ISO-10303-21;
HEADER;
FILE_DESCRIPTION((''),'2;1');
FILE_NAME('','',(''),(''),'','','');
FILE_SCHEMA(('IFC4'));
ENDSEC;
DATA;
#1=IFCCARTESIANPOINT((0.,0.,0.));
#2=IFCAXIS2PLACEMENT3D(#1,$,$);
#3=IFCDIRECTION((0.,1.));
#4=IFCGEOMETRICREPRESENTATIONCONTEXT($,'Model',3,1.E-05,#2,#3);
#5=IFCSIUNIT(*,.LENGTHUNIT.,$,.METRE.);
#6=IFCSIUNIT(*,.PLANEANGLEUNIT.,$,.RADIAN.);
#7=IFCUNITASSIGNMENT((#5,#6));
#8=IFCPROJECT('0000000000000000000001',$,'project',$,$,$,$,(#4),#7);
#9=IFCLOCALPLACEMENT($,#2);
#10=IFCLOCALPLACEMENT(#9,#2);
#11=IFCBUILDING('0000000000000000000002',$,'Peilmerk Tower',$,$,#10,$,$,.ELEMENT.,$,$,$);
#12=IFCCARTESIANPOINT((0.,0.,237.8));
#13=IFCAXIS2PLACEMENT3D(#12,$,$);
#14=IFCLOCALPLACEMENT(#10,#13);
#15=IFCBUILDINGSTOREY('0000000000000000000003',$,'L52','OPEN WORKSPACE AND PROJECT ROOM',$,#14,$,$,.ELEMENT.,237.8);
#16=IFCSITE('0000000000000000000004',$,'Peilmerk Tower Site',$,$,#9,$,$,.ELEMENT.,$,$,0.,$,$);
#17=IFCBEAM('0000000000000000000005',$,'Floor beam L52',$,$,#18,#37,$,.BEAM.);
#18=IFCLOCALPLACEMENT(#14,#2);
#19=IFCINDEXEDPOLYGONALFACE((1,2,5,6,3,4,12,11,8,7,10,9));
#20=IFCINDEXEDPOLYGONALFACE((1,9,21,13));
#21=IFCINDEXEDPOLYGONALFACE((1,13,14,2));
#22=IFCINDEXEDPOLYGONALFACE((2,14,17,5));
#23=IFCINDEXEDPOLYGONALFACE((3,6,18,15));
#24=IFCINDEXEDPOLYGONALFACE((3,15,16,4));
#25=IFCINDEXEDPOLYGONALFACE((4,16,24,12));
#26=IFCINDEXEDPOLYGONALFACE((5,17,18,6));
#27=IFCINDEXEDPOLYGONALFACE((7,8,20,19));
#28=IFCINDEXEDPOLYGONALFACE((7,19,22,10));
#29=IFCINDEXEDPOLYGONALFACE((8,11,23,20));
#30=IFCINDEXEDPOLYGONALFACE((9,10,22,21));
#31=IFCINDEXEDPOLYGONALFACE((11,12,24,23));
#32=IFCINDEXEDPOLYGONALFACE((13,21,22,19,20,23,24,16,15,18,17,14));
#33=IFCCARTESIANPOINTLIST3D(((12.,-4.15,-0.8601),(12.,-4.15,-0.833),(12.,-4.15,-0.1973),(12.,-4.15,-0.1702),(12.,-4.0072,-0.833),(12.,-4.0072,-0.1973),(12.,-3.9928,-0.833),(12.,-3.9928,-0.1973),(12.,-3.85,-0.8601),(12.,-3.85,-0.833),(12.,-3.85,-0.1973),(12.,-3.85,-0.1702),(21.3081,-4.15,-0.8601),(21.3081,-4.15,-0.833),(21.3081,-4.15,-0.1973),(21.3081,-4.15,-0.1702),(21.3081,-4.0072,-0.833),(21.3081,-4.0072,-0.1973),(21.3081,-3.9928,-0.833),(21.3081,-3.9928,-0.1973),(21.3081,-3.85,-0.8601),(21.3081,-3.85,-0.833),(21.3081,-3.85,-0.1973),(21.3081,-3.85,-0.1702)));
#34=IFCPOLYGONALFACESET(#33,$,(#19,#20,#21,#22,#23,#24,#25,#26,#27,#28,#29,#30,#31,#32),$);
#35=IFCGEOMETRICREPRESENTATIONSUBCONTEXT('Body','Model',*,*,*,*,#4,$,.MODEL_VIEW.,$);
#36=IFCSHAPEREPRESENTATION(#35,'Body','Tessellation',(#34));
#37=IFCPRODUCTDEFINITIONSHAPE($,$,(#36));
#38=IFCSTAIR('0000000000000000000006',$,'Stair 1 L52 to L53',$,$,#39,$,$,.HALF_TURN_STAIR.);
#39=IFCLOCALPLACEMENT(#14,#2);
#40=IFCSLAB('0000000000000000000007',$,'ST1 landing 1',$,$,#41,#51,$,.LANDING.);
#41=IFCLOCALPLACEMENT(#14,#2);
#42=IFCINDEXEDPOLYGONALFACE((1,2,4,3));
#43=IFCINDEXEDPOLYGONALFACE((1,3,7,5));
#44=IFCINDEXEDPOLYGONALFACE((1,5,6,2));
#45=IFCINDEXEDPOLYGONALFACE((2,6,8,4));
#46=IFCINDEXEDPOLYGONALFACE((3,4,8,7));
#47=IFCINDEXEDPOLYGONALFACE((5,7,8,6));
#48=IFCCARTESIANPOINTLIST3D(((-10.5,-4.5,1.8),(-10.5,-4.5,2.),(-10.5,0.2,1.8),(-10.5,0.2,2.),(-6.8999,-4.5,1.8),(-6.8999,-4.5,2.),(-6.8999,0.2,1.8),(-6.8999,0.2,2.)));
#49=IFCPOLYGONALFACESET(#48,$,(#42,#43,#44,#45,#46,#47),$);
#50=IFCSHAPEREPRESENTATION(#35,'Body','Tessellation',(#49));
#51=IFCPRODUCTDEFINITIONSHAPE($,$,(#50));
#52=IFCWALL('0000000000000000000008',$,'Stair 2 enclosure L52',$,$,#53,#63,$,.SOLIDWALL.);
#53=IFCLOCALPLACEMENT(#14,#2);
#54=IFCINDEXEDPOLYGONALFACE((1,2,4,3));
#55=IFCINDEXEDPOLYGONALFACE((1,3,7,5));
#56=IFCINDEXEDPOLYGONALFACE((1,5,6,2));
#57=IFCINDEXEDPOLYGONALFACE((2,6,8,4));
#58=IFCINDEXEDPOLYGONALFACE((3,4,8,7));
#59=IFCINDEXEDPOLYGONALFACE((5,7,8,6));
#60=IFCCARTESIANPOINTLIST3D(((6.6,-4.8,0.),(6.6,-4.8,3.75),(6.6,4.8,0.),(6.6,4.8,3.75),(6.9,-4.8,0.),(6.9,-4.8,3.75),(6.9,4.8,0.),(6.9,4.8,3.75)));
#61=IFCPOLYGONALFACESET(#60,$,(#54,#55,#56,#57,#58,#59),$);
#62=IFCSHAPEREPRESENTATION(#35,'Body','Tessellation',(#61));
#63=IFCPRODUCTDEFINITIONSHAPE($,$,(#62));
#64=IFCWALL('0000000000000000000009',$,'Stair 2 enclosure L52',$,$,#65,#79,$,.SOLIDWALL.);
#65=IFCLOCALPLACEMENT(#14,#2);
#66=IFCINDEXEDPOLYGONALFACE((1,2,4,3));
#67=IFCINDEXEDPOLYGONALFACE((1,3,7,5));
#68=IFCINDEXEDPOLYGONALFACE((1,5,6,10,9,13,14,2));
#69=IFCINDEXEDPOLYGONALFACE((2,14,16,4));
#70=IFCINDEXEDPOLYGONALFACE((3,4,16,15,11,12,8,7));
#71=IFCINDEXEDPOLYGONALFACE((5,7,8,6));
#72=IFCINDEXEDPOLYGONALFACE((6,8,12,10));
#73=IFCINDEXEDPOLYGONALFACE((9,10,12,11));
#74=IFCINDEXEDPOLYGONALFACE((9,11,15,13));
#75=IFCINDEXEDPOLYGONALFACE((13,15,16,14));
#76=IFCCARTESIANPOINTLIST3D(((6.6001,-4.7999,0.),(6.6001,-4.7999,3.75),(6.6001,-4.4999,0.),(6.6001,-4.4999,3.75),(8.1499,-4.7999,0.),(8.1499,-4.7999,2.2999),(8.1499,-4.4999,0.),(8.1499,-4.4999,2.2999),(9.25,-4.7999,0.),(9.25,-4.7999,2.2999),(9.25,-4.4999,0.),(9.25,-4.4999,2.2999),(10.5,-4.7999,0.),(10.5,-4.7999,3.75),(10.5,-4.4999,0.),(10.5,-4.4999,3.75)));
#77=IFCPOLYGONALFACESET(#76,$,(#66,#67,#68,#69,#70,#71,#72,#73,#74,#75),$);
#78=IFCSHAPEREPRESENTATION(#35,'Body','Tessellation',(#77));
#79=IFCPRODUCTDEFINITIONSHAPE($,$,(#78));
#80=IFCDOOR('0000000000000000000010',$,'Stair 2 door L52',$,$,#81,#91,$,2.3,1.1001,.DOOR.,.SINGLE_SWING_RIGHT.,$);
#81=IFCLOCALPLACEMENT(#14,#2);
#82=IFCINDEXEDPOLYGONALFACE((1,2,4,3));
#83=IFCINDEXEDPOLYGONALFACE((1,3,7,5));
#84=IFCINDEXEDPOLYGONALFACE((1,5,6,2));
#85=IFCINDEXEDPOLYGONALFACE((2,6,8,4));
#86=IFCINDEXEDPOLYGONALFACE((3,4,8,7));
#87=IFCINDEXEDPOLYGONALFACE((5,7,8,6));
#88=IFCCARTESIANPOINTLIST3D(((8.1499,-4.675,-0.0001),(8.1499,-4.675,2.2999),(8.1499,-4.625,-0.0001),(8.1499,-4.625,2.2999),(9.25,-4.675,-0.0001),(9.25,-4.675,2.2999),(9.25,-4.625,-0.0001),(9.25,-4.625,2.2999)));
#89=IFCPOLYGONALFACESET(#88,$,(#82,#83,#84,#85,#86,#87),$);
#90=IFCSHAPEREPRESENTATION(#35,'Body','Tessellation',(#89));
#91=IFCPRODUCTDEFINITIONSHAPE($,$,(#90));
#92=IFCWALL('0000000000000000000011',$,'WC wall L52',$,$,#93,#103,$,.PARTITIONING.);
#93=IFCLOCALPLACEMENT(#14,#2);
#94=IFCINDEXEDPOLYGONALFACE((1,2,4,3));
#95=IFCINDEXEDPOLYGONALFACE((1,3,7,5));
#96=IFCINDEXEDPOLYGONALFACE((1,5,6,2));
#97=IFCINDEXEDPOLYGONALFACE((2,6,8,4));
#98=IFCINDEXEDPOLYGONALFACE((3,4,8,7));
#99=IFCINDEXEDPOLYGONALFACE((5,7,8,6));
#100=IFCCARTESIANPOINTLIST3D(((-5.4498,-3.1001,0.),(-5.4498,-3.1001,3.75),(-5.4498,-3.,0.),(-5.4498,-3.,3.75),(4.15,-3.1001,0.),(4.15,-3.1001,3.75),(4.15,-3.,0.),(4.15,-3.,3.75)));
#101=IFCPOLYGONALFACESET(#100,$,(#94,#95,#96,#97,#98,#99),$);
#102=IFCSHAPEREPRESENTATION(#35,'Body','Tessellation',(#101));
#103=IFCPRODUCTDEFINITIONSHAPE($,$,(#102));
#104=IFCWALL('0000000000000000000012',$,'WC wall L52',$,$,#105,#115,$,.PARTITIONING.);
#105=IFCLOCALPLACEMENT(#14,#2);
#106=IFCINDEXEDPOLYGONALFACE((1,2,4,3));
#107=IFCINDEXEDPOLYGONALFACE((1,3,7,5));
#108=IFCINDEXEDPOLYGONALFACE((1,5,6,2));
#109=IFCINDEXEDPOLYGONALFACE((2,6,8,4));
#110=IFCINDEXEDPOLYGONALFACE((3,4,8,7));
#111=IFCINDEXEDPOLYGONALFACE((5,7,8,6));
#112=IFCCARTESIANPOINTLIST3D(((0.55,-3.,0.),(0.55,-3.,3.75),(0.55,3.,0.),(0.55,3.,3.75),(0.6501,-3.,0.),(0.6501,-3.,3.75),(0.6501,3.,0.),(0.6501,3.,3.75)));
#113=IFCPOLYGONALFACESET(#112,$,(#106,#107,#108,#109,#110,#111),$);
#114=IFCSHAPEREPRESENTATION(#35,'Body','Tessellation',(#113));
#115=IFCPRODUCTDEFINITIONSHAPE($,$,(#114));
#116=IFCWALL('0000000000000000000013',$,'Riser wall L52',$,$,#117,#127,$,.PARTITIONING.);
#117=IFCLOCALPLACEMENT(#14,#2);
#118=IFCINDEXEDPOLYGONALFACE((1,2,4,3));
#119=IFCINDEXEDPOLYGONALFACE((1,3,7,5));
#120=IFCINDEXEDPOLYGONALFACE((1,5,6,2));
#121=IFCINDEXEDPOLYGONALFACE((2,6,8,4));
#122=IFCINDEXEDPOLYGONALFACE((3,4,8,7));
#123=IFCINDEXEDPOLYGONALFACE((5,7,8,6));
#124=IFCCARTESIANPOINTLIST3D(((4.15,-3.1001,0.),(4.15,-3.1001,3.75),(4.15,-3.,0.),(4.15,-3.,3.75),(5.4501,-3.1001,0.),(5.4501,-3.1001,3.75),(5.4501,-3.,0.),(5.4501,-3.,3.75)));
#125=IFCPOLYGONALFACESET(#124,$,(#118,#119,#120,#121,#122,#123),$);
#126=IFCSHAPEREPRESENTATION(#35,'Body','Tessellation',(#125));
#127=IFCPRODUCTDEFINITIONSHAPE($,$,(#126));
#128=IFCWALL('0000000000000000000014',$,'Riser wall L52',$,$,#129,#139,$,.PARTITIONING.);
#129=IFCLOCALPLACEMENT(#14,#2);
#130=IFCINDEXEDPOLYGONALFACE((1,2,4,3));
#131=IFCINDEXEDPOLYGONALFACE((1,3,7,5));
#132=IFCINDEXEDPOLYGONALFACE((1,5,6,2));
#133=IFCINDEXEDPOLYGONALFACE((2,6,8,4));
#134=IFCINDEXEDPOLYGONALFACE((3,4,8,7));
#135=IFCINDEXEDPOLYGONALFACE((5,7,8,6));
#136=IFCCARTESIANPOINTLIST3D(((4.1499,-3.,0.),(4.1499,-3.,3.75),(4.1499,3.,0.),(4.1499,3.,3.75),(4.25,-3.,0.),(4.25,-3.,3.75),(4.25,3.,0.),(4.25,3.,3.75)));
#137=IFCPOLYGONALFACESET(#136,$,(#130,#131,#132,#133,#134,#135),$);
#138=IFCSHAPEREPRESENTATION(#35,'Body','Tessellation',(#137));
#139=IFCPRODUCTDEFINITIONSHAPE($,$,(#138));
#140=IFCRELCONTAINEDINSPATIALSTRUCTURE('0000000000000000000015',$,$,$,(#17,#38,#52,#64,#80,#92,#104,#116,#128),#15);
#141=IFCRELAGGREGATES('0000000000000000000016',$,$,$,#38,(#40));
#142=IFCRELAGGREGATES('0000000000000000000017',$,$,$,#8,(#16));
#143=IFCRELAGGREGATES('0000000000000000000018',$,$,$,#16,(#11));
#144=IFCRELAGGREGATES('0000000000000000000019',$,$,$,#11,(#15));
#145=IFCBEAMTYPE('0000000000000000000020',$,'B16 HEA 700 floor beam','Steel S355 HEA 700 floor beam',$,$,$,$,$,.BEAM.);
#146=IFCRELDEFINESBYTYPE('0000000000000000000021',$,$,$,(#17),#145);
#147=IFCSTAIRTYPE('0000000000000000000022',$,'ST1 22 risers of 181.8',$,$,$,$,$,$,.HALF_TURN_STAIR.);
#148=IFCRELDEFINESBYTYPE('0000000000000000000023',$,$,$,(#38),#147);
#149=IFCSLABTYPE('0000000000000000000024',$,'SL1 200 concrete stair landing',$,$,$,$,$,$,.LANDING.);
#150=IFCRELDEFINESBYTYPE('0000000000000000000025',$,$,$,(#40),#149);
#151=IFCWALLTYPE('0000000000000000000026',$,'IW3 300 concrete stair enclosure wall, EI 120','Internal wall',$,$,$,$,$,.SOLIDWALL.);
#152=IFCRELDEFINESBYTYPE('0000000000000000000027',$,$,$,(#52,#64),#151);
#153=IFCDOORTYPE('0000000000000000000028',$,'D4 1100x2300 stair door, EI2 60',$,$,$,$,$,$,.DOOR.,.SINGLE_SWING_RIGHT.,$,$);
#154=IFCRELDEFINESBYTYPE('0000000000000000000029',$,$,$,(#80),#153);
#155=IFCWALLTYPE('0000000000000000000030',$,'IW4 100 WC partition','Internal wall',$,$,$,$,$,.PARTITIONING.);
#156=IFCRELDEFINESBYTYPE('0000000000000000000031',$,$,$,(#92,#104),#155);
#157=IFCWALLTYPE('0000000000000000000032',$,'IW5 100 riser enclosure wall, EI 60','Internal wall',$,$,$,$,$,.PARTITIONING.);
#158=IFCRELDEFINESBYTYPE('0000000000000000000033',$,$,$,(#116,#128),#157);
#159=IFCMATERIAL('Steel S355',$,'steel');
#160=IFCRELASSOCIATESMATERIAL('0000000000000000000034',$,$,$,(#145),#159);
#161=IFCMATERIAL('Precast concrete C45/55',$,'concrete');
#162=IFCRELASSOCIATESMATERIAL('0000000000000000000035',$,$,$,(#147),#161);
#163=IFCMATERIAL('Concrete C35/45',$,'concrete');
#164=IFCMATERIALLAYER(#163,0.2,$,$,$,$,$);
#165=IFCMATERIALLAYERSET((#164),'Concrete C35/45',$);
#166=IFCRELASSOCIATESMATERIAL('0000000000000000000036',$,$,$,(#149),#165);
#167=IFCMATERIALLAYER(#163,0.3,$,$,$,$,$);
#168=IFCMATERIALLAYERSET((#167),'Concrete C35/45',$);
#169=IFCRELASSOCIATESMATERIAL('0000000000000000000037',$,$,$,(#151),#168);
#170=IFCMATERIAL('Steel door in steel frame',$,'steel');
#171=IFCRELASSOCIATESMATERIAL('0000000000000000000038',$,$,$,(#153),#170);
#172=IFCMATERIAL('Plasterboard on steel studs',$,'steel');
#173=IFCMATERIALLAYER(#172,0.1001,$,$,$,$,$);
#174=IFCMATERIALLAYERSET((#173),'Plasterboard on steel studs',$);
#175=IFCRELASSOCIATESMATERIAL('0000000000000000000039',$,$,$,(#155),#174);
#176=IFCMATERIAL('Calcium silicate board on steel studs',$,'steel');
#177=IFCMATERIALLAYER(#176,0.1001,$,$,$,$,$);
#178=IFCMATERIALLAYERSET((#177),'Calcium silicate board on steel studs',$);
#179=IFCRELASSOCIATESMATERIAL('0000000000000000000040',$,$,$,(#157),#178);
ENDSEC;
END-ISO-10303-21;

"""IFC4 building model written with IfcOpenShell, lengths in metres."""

from ifc_helpers import new_model, si_unit, direction, frame, frame_2d, origin, origin_2d, place, context, subcontext, project, spatial, polyline, rectangle, i_section, outline, extrude, material, layer, layer_set, material_profile, profile_set, type_object, element, fill, aggregate, save


model = new_model("IFC4")

# Units and contexts
model_context = context("Model", 3, precision=1e-05, world=origin(), true_north=direction((0.0, 1.0)))
body_context = subcontext(model_context, "Body", "Model", "MODEL_VIEW")
ifc_project = project(units=[si_unit("LENGTHUNIT", "METRE"), si_unit("PLANEANGLEUNIT", "RADIAN")], contexts=[model_context])

# Site, building, storey
site_placement = place(None, origin())
site = spatial("IfcSite", under=ifc_project, at=site_placement, Name="Peilmerk Tower Site", CompositionType="ELEMENT", RefElevation=0.0)
building_placement = place(site_placement, origin())
building = spatial("IfcBuilding", under=site, at=building_placement, Name="Peilmerk Tower", CompositionType="ELEMENT")
storey_placement = place(building_placement, frame((0.0, 0.0, 237.8)))
storey = spatial("IfcBuildingStorey", under=building, at=storey_placement, Name="L52", Description="OPEN WORKSPACE AND PROJECT ROOM", CompositionType="ELEMENT", Elevation=237.8)

# Beam
ifc_material_1 = material(Name="Steel S355", Category="steel")
ifc_material_profile = material_profile(ifc_material_1, i_section(OverallWidth=0.3, OverallDepth=0.6899, WebThickness=0.0144, FlangeThickness=0.0271, at=origin_2d()), Name="HEA 700")
ifc_profile_set = profile_set([ifc_material_profile], Name="Steel S355")
beam_type = type_object("IfcBeamType", Name="B16 HEA 700 floor beam", Description="Steel S355 HEA 700 floor beam", PredefinedType="BEAM", material=ifc_profile_set)
beam_placement = place(storey_placement, frame((12.0, -4.0, -0.5151), z_axis=(1.0, 0.0, 0.0), x_axis=(0.0, 1.0, 0.0)))
element("IfcBeam", 1, at=beam_placement, inside=storey, type_object=beam_type, Name="Floor beam L52", PredefinedType="BEAM", context=body_context, shape_type="SweptSolid", body=[
    extrude(i_section(OverallWidth=0.3, OverallDepth=0.6899, WebThickness=0.0144, FlangeThickness=0.0271, at=origin_2d()), origin(), (0.0, 0.0, 1.0), 9.3081),
])

# Stair, slab
ifc_material_2 = material(Name="Precast concrete C45/55", Category="concrete")
stair_type_1 = type_object("IfcStairType", Name="ST1 22 risers of 181.8", PredefinedType="HALF_TURN_STAIR", material=ifc_material_2)
stair_1_placement = place(storey_placement, origin())
stair_1 = element("IfcStair", 2, at=stair_1_placement, inside=storey, type_object=stair_type_1, Name="Stair 1 L52 to L53", PredefinedType="HALF_TURN_STAIR")
ifc_material_3 = material(Name="Concrete C35/45", Category="concrete")
ifc_layer_1 = layer(ifc_material_3, 0.2)
ifc_layer_set_1 = layer_set([ifc_layer_1], Name="Concrete C35/45")
slab_type = type_object("IfcSlabType", Name="SL1 200 concrete stair landing", PredefinedType="LANDING", material=ifc_layer_set_1)
slab_placement = place(storey_placement, frame((0.0, 0.0, 1.8)))
slab = element("IfcSlab", 3, at=slab_placement, type_object=slab_type, Name="ST1 landing 1", PredefinedType="LANDING", context=body_context, shape_type="SweptSolid", body=[
    extrude(outline(polyline([(-10.5, -4.5), (-6.8999, -4.5), (-6.8999, 0.2), (-10.5, 0.2), (-10.5, -4.5)])), origin(), (0.0, 0.0, 1.0), 0.2),
])
aggregate(stair_1, [slab])

# Wall
ifc_layer_2 = layer(ifc_material_3, 0.3)
ifc_layer_set_2 = layer_set([ifc_layer_2], Name="Concrete C35/45")
wall_type_1 = type_object("IfcWallType", Name="IW3 300 concrete stair enclosure wall, EI 120", Description="Internal wall", PredefinedType="SOLIDWALL", material=ifc_layer_set_2)
wall_1_placement = place(storey_placement, frame((6.75, -4.8, 0.0), z_axis=(0.0, 0.0, 1.0), x_axis=(0.0, 1.0, 0.0)))
element("IfcWall", 4, at=wall_1_placement, inside=storey, type_object=wall_type_1, Name="Stair 2 enclosure L52", PredefinedType="SOLIDWALL", context=body_context, shape_type="SweptSolid", body=[
    extrude(rectangle(XDim=9.6001, YDim=0.3, at=frame_2d((4.8, 0.0))), origin(), (0.0, 0.0, 1.0), 3.75),
])

# Wall, opening, door
wall_2_placement = place(storey_placement, frame((10.5, -4.6499, 0.0), z_axis=(0.0, 0.0, 1.0), x_axis=(-1.0, 0.0, 0.0)))
wall_2 = element("IfcWall", 5, at=wall_2_placement, inside=storey, type_object=wall_type_1, Name="Stair 2 enclosure L52", PredefinedType="SOLIDWALL", context=body_context, shape_type="SweptSolid", body=[
    extrude(rectangle(XDim=3.8999, YDim=0.3, at=frame_2d((1.95, 0.0))), origin(), (0.0, 0.0, 1.0), 3.75),
])
opening_1_placement = place(wall_2_placement, frame((1.25, 0.0, 0.0)))
opening_1 = element("IfcOpeningElement", 6, at=opening_1_placement, cuts=wall_2, PredefinedType="OPENING", context=body_context, shape_type="SweptSolid", body=[
    extrude(rectangle(XDim=1.1001, YDim=2.3, at=frame_2d((0.55, 1.1499))), frame((0.0, 0.1599, 0.0), z_axis=(0.0, -1.0, 0.0), x_axis=(1.0, 0.0, 0.0)), (0.0, 0.0, 1.0), 0.3201),
])
ifc_material_4 = material(Name="Steel door in steel frame", Category="steel")
door_type_1 = type_object("IfcDoorType", Name="D4 1100x2300 stair door, EI2 60", OperationType="SINGLE_SWING_RIGHT", PredefinedType="DOOR", material=ifc_material_4)
door_1_placement = place(opening_1_placement, frame((1.1001, 0.0, 0.0), z_axis=(0.0, 0.0, 1.0), x_axis=(-1.0, 0.0, 0.0)))
door_1 = element("IfcDoor", 7, at=door_1_placement, inside=storey, type_object=door_type_1, Name="Stair 2 door L52", OperationType="SINGLE_SWING_RIGHT", OverallHeight=2.3, OverallWidth=1.1001, PredefinedType="DOOR", context=body_context, shape_type="SweptSolid", body=[
    extrude(rectangle(XDim=1.1001, YDim=2.3, at=frame_2d((0.55, 1.1499))), frame((0.0, 0.0249, 0.0), z_axis=(0.0, -1.0, 0.0), x_axis=(1.0, 0.0, 0.0)), (0.0, 0.0, 1.0), 0.05),
])
fill(opening_1, door_1)

# Walls
ifc_material_5 = material(Name="Plasterboard on steel studs", Category="steel")
ifc_layer_3 = layer(ifc_material_5, 0.1001)
ifc_layer_set_3 = layer_set([ifc_layer_3], Name="Plasterboard on steel studs")
wall_type_2 = type_object("IfcWallType", Name="IW4 100 WC partition", Description="Internal wall", PredefinedType="PARTITIONING", material=ifc_layer_set_3)
wall_3_placement = place(storey_placement, frame((4.1499, -3.05, 0.0), z_axis=(0.0, 0.0, 1.0), x_axis=(-1.0, 0.0, 0.0)))
element("IfcWall", 8, at=wall_3_placement, inside=storey, type_object=wall_type_2, Name="WC wall L52", PredefinedType="PARTITIONING", context=body_context, shape_type="SweptSolid", body=[
    extrude(rectangle(XDim=9.5999, YDim=0.1001, at=frame_2d((4.7998, 0.0))), origin(), (0.0, 0.0, 1.0), 3.75),
])
wall_4_placement = place(storey_placement, frame((0.6001, -3.0, 0.0), z_axis=(0.0, 0.0, 1.0), x_axis=(0.0, 1.0, 0.0)))
element("IfcWall", 9, at=wall_4_placement, inside=storey, type_object=wall_type_2, Name="WC wall L52", PredefinedType="PARTITIONING", context=body_context, shape_type="SweptSolid", body=[
    extrude(rectangle(XDim=6.0, YDim=0.1001, at=frame_2d((3.0, 0.0))), origin(), (0.0, 0.0, 1.0), 3.75),
])
ifc_material_6 = material(Name="Calcium silicate board on steel studs", Category="steel")
ifc_layer_4 = layer(ifc_material_6, 0.1001)
ifc_layer_set_4 = layer_set([ifc_layer_4], Name="Calcium silicate board on steel studs")
wall_type_3 = type_object("IfcWallType", Name="IW5 100 riser enclosure wall, EI 60", Description="Internal wall", PredefinedType="PARTITIONING", material=ifc_layer_set_4)
wall_5_placement = place(storey_placement, frame((5.45, -3.05, 0.0), z_axis=(0.0, 0.0, 1.0), x_axis=(-1.0, 0.0, 0.0)))
element("IfcWall", 10, at=wall_5_placement, inside=storey, type_object=wall_type_3, Name="Riser wall L52", PredefinedType="PARTITIONING", context=body_context, shape_type="SweptSolid", body=[
    extrude(rectangle(XDim=1.3, YDim=0.1001, at=frame_2d((0.6499, 0.0))), origin(), (0.0, 0.0, 1.0), 3.75),
])
wall_6_placement = place(storey_placement, frame((4.2, -3.0, 0.0), z_axis=(0.0, 0.0, 1.0), x_axis=(0.0, 1.0, 0.0)))
element("IfcWall", 11, at=wall_6_placement, inside=storey, type_object=wall_type_3, Name="Riser wall L52", PredefinedType="PARTITIONING", context=body_context, shape_type="SweptSolid", body=[
    extrude(rectangle(XDim=6.0, YDim=0.1001, at=frame_2d((3.0, 0.0))), origin(), (0.0, 0.0, 1.0), 3.75),
])

save(model, "model.ifc")
